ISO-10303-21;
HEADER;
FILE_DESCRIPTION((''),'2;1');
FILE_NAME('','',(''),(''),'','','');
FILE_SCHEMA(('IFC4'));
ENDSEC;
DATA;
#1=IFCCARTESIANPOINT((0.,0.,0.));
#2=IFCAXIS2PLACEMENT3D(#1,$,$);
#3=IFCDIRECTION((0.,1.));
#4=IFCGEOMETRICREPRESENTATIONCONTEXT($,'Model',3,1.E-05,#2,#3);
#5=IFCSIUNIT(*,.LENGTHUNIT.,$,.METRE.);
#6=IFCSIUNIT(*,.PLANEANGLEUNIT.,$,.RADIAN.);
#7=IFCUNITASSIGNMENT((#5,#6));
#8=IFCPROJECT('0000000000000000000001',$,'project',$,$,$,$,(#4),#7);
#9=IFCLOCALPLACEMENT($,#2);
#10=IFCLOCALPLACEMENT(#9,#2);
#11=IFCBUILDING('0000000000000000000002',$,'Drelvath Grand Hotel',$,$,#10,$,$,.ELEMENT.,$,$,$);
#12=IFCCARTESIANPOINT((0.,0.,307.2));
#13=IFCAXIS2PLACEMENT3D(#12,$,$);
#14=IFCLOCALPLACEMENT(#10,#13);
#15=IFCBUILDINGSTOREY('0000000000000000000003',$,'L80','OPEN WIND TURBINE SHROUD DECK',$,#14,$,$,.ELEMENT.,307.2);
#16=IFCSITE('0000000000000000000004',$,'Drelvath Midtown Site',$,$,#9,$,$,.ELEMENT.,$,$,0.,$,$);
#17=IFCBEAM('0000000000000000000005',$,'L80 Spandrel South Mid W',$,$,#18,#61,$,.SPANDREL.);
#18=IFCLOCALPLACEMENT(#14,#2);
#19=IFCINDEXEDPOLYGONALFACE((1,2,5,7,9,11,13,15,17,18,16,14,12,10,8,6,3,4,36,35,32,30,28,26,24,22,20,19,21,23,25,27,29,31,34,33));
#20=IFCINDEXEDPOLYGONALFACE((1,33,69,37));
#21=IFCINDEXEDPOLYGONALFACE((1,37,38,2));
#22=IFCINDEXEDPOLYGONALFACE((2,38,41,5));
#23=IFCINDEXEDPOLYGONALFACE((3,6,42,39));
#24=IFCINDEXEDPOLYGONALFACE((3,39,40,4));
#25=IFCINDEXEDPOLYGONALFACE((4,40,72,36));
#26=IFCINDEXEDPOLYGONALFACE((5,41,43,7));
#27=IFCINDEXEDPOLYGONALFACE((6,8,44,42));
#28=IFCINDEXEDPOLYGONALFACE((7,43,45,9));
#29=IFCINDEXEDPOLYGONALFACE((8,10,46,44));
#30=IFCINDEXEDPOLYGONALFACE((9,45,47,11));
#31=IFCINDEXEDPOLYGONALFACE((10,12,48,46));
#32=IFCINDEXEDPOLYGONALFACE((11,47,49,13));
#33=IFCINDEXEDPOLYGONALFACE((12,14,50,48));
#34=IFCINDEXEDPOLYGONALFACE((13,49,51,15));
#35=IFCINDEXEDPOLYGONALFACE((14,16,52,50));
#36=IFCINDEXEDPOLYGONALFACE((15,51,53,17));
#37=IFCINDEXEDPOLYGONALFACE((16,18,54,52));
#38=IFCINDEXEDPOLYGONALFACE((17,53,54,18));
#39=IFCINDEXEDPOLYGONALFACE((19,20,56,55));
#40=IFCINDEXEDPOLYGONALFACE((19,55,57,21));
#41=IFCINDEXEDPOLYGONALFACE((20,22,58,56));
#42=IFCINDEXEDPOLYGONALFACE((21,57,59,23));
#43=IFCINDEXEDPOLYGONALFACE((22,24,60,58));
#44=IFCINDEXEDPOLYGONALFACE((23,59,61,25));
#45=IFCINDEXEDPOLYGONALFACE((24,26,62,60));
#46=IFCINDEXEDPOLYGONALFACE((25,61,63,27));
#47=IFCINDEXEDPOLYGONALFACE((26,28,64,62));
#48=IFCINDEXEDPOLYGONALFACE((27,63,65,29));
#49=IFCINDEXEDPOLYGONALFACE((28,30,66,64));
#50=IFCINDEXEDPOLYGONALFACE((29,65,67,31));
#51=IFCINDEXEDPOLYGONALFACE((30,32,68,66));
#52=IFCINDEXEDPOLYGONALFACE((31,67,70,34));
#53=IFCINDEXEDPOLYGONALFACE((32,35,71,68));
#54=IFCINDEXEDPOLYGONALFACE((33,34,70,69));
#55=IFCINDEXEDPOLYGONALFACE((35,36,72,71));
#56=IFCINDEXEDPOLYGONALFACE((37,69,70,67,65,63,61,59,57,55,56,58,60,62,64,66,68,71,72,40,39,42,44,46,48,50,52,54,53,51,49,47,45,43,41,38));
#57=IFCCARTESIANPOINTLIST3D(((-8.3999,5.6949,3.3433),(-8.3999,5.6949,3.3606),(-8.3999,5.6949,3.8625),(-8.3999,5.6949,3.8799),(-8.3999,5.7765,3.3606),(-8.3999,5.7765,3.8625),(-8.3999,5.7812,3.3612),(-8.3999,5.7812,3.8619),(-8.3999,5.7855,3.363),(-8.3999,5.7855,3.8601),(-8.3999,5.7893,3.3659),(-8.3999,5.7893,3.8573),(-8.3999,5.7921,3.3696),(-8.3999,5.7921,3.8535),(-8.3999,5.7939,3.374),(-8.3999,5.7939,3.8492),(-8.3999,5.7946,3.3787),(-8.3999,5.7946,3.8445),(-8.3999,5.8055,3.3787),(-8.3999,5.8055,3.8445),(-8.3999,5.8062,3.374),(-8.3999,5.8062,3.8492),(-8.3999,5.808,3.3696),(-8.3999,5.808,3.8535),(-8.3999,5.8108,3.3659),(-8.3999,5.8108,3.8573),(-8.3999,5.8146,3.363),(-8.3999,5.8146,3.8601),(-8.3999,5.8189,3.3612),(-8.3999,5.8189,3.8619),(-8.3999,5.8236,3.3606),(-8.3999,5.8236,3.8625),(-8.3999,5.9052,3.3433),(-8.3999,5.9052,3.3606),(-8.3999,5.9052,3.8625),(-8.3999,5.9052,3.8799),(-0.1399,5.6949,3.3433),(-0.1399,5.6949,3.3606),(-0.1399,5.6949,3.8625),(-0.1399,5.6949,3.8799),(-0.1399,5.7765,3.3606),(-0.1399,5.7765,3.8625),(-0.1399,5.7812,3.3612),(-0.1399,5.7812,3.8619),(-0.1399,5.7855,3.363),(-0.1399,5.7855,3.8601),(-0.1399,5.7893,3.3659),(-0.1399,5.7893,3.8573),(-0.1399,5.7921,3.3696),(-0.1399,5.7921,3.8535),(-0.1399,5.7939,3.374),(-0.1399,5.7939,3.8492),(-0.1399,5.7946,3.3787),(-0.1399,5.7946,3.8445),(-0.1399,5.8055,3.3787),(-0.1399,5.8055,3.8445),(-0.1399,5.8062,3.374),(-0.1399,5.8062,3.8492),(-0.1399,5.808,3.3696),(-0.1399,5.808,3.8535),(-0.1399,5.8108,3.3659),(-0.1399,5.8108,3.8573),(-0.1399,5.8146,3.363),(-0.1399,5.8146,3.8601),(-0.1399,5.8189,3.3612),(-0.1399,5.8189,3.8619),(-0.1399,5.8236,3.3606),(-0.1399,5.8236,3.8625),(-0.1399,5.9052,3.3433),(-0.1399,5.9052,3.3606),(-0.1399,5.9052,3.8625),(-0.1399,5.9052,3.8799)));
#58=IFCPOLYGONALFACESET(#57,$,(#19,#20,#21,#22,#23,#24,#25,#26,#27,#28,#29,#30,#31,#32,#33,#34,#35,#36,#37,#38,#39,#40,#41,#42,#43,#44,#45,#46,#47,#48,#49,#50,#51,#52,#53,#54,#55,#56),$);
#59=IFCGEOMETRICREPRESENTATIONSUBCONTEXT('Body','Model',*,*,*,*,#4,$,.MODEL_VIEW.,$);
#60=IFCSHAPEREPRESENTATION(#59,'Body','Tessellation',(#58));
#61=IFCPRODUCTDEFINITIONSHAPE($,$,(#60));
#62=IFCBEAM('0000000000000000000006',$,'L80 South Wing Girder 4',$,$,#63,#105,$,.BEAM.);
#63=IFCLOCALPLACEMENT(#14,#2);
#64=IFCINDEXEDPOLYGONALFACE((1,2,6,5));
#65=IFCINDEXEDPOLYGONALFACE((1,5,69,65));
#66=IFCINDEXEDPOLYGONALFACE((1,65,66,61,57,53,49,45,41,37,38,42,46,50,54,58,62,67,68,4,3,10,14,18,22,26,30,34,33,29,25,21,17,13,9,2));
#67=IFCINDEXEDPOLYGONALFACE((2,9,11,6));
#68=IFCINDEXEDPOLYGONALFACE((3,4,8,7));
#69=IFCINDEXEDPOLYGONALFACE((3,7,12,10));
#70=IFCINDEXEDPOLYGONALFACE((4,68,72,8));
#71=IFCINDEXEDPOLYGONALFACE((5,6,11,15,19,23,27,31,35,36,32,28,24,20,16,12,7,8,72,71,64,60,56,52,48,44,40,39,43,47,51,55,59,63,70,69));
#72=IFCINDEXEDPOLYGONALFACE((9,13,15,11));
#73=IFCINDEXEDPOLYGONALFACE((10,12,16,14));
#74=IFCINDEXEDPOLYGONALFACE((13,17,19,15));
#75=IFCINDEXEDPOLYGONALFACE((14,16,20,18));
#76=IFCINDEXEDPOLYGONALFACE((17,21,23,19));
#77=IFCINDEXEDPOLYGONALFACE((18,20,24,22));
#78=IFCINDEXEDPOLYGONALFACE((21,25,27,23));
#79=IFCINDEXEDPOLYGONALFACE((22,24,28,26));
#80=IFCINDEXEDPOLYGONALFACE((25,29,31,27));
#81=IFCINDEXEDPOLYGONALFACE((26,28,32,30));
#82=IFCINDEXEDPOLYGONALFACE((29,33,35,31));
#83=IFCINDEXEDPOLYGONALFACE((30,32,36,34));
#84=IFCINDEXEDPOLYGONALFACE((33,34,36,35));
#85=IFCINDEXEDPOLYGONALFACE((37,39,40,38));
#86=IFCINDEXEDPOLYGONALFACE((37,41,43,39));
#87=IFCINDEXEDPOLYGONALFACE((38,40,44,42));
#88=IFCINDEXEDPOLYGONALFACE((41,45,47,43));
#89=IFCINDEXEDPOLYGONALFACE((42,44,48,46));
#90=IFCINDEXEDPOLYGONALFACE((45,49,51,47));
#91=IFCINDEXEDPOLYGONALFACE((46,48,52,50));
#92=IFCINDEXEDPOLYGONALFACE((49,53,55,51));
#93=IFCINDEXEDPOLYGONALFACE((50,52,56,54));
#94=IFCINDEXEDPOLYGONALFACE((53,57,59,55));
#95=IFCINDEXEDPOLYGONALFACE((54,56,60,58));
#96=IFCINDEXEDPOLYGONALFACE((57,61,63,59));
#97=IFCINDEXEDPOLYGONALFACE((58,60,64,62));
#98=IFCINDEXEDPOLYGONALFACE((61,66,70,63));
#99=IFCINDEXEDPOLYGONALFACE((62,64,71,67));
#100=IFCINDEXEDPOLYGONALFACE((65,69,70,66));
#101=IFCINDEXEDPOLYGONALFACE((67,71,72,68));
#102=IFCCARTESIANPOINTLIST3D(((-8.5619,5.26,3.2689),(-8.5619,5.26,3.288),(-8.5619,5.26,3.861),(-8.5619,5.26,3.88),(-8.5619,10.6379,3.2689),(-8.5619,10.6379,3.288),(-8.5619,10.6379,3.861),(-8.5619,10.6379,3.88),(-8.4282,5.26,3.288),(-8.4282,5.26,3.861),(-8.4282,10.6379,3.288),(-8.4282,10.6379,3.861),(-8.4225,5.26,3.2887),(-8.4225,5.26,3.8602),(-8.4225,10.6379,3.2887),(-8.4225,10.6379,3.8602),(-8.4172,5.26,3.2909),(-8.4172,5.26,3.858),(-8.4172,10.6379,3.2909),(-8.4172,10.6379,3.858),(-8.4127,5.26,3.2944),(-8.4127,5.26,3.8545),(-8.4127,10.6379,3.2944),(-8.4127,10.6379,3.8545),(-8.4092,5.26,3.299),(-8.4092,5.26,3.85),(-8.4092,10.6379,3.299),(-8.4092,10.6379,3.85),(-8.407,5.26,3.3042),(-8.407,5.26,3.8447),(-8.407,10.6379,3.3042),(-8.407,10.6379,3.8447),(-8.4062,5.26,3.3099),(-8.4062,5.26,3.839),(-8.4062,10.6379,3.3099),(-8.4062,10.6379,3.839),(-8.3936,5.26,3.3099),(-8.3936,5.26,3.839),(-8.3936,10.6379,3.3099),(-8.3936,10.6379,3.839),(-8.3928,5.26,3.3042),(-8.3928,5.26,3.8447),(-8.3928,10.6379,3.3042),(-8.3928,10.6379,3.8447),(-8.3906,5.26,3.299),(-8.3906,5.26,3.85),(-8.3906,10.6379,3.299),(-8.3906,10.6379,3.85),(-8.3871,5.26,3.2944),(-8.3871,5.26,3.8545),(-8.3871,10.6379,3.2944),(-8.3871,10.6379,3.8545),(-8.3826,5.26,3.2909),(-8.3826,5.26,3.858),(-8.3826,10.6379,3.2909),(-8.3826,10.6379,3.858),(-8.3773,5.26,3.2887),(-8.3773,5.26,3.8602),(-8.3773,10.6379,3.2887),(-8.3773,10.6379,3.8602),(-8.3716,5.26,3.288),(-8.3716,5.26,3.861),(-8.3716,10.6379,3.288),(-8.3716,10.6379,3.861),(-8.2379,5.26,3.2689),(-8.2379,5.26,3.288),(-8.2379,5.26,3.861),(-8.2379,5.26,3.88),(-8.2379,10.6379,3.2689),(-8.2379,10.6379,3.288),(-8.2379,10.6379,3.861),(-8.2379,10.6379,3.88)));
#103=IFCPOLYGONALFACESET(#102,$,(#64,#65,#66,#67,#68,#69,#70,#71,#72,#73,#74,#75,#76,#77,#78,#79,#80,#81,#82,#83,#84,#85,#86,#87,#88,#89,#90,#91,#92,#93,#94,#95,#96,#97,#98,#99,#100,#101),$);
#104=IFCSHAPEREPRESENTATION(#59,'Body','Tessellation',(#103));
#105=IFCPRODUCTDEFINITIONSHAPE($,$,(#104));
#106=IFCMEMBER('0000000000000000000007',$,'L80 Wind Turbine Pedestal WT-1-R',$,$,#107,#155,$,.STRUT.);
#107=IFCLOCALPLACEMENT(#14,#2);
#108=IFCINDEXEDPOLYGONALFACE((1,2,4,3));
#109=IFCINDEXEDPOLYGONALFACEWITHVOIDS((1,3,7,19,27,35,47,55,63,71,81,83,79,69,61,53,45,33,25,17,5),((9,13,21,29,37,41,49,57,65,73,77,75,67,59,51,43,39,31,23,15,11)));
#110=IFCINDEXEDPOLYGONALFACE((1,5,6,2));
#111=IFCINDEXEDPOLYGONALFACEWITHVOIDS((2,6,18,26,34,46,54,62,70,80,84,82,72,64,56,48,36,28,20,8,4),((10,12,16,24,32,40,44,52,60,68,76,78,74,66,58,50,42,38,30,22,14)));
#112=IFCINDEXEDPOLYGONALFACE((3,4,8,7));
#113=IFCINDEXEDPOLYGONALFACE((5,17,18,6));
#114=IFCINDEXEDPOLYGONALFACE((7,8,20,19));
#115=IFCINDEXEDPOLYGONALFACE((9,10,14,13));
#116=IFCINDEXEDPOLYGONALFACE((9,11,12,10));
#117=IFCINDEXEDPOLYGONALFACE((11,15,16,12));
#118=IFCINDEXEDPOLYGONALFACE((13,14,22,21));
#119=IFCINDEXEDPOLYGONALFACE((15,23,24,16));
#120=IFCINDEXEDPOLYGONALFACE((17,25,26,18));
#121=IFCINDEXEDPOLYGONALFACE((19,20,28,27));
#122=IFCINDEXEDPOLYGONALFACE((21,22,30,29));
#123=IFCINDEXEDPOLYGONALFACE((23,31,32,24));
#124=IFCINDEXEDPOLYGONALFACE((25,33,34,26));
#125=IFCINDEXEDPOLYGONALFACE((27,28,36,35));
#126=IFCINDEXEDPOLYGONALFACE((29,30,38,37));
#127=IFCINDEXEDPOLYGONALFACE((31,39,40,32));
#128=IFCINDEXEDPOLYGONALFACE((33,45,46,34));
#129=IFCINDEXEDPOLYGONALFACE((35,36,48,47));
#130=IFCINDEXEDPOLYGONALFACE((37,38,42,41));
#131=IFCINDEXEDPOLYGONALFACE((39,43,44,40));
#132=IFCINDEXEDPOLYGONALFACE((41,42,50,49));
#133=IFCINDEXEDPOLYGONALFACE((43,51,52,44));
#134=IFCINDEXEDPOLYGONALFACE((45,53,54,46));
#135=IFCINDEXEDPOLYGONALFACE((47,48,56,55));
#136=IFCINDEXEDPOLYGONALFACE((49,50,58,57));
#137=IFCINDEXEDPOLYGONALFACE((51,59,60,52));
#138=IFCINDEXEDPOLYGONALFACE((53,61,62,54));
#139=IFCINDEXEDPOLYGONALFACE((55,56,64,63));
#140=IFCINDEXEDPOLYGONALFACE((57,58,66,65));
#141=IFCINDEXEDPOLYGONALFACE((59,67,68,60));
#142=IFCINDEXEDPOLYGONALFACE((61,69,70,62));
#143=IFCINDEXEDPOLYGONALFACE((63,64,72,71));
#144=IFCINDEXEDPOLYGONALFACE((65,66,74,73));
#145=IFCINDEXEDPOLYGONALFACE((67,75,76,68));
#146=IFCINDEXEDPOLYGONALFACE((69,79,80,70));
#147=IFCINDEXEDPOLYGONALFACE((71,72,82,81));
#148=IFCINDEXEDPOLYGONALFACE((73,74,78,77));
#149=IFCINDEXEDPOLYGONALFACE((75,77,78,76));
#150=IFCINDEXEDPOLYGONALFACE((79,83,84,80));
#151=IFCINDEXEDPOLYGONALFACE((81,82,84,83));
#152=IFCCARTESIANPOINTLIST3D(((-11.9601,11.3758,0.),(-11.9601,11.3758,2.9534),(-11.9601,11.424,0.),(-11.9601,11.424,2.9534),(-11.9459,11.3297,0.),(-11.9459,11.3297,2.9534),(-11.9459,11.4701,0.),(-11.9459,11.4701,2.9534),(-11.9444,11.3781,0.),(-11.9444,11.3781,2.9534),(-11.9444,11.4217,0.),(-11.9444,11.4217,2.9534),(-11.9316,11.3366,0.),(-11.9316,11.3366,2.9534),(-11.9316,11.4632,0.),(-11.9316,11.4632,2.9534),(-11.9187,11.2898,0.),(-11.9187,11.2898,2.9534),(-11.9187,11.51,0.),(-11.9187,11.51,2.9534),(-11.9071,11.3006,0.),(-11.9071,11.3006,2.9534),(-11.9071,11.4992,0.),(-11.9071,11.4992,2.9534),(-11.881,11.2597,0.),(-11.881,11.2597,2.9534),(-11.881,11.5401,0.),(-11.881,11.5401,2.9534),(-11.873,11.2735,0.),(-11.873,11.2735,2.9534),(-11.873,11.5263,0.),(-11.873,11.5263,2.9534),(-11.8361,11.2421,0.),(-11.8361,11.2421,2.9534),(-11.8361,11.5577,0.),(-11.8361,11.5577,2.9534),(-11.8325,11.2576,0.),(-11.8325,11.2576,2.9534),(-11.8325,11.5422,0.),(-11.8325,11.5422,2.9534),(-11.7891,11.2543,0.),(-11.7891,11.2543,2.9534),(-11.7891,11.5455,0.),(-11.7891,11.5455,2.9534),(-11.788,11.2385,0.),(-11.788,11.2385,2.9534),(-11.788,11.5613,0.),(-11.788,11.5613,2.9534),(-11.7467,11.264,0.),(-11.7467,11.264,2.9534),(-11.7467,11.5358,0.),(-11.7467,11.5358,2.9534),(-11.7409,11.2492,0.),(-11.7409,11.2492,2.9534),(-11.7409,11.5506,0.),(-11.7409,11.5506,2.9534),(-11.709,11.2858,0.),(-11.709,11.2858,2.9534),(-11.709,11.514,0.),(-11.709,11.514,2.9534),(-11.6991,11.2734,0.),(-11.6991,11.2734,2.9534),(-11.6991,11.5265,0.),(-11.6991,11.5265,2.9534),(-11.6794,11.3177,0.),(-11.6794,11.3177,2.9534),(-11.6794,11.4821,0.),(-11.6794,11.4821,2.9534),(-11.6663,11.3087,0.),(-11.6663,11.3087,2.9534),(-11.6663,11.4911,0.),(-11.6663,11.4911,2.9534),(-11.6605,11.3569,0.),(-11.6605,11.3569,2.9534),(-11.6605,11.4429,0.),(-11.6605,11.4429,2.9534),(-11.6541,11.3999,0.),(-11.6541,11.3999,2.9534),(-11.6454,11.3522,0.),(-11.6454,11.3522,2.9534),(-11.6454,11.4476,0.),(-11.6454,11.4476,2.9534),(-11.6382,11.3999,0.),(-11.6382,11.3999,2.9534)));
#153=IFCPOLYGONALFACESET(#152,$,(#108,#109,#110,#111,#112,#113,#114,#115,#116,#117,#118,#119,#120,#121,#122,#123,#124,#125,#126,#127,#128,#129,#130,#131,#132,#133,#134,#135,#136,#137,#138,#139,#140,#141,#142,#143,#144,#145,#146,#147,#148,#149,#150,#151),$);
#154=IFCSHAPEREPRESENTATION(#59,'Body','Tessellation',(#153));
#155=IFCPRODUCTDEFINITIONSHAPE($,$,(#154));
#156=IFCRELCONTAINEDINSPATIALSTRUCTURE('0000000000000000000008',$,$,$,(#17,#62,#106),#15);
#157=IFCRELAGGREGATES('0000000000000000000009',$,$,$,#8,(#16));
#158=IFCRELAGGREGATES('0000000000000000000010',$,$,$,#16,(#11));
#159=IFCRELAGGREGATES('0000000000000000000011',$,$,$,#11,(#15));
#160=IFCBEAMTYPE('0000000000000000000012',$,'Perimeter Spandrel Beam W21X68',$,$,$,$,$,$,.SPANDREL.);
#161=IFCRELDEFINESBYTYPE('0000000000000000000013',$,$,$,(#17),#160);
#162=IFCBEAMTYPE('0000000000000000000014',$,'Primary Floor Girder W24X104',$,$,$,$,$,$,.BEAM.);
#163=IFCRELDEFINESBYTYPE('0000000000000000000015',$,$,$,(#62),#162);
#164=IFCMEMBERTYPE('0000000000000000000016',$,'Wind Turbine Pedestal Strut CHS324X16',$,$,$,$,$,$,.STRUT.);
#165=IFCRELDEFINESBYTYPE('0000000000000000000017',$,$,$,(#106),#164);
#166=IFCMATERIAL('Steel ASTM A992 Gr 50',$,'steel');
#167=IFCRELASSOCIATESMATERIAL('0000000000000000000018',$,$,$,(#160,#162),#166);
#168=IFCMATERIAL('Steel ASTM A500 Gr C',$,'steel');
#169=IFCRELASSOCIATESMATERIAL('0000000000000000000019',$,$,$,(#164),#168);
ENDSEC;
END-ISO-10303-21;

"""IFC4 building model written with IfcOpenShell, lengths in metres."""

from ifc_helpers import new_model, si_unit, direction, frame, origin, origin_2d, place, context, subcontext, project, spatial, hollow_circle, i_section, extrude, material, material_profile, profile_set, type_object, element, save


model = new_model("IFC4")

# Units and contexts
model_context = context("Model", 3, precision=1e-05, world=origin(), true_north=direction((0.0, 1.0)))
body_context = subcontext(model_context, "Body", "Model", "MODEL_VIEW")
ifc_project = project(units=[si_unit("LENGTHUNIT", "METRE"), si_unit("PLANEANGLEUNIT", "RADIAN")], contexts=[model_context])

# Site, building, storey
site_placement = place(None, origin())
site = spatial("IfcSite", under=ifc_project, at=site_placement, Name="Drelvath Midtown Site", CompositionType="ELEMENT", RefElevation=0.0)
building_placement = place(site_placement, origin())
building = spatial("IfcBuilding", under=site, at=building_placement, Name="Drelvath Grand Hotel", CompositionType="ELEMENT")
storey_placement = place(building_placement, frame((0.0, 0.0, 307.2)))
storey = spatial("IfcBuildingStorey", under=building, at=storey_placement, Name="L80", Description="OPEN WIND TURBINE SHROUD DECK", CompositionType="ELEMENT", Elevation=307.2)

# Beams
ifc_material_1 = material(Name="Steel ASTM A992 Gr 50", Category="steel")
ifc_material_profile_1 = material_profile(ifc_material_1, i_section(OverallWidth=0.2102, OverallDepth=0.5366, WebThickness=0.011, FlangeThickness=0.0173, FilletRadius=0.0181, at=origin_2d()), Name="W21X68")
ifc_profile_set_1 = profile_set([ifc_material_profile_1], Name="Steel ASTM A992 Gr 50")
beam_type_1 = type_object("IfcBeamType", Name="Perimeter Spandrel Beam W21X68", PredefinedType="SPANDREL", material=ifc_profile_set_1)
beam_1_placement = place(storey_placement, frame((-8.3999, 5.8, 3.6116), z_axis=(1.0, 0.0, 0.0), x_axis=(0.0, 1.0, 0.0)))
element("IfcBeam", 1, at=beam_1_placement, inside=storey, type_object=beam_type_1, Name="L80 Spandrel South Mid W", PredefinedType="SPANDREL", context=body_context, shape_type="SweptSolid", body=[
    extrude(i_section(OverallWidth=0.2102, OverallDepth=0.5366, WebThickness=0.011, FlangeThickness=0.0173, FilletRadius=0.0181, at=origin_2d()), origin(), (0.0, 0.0, 1.0), 8.26),
])
ifc_material_profile_2 = material_profile(ifc_material_1, i_section(OverallWidth=0.324, OverallDepth=0.6111, WebThickness=0.0127, FlangeThickness=0.019, FilletRadius=0.022, at=origin_2d()), Name="W24X104")
ifc_profile_set_2 = profile_set([ifc_material_profile_2], Name="Steel ASTM A992 Gr 50")
beam_type_2 = type_object("IfcBeamType", Name="Primary Floor Girder W24X104", PredefinedType="BEAM", material=ifc_profile_set_2)
beam_2_placement = place(storey_placement, frame((-8.3999, 5.26, 3.5745), z_axis=(0.0, 1.0, 0.0), x_axis=(-1.0, 0.0, 0.0)))
element("IfcBeam", 2, at=beam_2_placement, inside=storey, type_object=beam_type_2, Name="L80 South Wing Girder 4", PredefinedType="BEAM", context=body_context, shape_type="SweptSolid", body=[
    extrude(i_section(OverallWidth=0.324, OverallDepth=0.6111, WebThickness=0.0127, FlangeThickness=0.019, FilletRadius=0.022, at=origin_2d()), origin(), (0.0, 0.0, 1.0), 5.3779),
])

# Member
ifc_material_2 = material(Name="Steel ASTM A500 Gr C", Category="steel")
ifc_material_profile_3 = material_profile(ifc_material_2, hollow_circle(Radius=0.1619, WallThickness=0.0159, at=origin_2d()), Name="CHS324X16")
ifc_profile_set_3 = profile_set([ifc_material_profile_3], Name="Steel ASTM A500 Gr C")
member_type_1 = type_object("IfcMemberType", Name="Wind Turbine Pedestal Strut CHS324X16", PredefinedType="STRUT", material=ifc_profile_set_3)
for number, where, z_axis, x_axis, name in (
    (3, (-11.8, 11.3999, 0.0), (0.0, 0.0, 1.0), (1.0, 0.0, 0.0), "L80 Wind Turbine Pedestal WT-1-R"),
):
    element("IfcMember", number, at=place(storey_placement, frame(where, z_axis=z_axis, x_axis=x_axis)), inside=storey, type_object=member_type_1, Name=name, PredefinedType="STRUT", context=body_context, shape_type="SweptSolid", body=[
        extrude(hollow_circle(Radius=0.1619, WallThickness=0.0159, at=origin_2d()), origin(), (0.0, 0.0, 1.0), 2.9534),
    ])

save(model, "model.ifc")
